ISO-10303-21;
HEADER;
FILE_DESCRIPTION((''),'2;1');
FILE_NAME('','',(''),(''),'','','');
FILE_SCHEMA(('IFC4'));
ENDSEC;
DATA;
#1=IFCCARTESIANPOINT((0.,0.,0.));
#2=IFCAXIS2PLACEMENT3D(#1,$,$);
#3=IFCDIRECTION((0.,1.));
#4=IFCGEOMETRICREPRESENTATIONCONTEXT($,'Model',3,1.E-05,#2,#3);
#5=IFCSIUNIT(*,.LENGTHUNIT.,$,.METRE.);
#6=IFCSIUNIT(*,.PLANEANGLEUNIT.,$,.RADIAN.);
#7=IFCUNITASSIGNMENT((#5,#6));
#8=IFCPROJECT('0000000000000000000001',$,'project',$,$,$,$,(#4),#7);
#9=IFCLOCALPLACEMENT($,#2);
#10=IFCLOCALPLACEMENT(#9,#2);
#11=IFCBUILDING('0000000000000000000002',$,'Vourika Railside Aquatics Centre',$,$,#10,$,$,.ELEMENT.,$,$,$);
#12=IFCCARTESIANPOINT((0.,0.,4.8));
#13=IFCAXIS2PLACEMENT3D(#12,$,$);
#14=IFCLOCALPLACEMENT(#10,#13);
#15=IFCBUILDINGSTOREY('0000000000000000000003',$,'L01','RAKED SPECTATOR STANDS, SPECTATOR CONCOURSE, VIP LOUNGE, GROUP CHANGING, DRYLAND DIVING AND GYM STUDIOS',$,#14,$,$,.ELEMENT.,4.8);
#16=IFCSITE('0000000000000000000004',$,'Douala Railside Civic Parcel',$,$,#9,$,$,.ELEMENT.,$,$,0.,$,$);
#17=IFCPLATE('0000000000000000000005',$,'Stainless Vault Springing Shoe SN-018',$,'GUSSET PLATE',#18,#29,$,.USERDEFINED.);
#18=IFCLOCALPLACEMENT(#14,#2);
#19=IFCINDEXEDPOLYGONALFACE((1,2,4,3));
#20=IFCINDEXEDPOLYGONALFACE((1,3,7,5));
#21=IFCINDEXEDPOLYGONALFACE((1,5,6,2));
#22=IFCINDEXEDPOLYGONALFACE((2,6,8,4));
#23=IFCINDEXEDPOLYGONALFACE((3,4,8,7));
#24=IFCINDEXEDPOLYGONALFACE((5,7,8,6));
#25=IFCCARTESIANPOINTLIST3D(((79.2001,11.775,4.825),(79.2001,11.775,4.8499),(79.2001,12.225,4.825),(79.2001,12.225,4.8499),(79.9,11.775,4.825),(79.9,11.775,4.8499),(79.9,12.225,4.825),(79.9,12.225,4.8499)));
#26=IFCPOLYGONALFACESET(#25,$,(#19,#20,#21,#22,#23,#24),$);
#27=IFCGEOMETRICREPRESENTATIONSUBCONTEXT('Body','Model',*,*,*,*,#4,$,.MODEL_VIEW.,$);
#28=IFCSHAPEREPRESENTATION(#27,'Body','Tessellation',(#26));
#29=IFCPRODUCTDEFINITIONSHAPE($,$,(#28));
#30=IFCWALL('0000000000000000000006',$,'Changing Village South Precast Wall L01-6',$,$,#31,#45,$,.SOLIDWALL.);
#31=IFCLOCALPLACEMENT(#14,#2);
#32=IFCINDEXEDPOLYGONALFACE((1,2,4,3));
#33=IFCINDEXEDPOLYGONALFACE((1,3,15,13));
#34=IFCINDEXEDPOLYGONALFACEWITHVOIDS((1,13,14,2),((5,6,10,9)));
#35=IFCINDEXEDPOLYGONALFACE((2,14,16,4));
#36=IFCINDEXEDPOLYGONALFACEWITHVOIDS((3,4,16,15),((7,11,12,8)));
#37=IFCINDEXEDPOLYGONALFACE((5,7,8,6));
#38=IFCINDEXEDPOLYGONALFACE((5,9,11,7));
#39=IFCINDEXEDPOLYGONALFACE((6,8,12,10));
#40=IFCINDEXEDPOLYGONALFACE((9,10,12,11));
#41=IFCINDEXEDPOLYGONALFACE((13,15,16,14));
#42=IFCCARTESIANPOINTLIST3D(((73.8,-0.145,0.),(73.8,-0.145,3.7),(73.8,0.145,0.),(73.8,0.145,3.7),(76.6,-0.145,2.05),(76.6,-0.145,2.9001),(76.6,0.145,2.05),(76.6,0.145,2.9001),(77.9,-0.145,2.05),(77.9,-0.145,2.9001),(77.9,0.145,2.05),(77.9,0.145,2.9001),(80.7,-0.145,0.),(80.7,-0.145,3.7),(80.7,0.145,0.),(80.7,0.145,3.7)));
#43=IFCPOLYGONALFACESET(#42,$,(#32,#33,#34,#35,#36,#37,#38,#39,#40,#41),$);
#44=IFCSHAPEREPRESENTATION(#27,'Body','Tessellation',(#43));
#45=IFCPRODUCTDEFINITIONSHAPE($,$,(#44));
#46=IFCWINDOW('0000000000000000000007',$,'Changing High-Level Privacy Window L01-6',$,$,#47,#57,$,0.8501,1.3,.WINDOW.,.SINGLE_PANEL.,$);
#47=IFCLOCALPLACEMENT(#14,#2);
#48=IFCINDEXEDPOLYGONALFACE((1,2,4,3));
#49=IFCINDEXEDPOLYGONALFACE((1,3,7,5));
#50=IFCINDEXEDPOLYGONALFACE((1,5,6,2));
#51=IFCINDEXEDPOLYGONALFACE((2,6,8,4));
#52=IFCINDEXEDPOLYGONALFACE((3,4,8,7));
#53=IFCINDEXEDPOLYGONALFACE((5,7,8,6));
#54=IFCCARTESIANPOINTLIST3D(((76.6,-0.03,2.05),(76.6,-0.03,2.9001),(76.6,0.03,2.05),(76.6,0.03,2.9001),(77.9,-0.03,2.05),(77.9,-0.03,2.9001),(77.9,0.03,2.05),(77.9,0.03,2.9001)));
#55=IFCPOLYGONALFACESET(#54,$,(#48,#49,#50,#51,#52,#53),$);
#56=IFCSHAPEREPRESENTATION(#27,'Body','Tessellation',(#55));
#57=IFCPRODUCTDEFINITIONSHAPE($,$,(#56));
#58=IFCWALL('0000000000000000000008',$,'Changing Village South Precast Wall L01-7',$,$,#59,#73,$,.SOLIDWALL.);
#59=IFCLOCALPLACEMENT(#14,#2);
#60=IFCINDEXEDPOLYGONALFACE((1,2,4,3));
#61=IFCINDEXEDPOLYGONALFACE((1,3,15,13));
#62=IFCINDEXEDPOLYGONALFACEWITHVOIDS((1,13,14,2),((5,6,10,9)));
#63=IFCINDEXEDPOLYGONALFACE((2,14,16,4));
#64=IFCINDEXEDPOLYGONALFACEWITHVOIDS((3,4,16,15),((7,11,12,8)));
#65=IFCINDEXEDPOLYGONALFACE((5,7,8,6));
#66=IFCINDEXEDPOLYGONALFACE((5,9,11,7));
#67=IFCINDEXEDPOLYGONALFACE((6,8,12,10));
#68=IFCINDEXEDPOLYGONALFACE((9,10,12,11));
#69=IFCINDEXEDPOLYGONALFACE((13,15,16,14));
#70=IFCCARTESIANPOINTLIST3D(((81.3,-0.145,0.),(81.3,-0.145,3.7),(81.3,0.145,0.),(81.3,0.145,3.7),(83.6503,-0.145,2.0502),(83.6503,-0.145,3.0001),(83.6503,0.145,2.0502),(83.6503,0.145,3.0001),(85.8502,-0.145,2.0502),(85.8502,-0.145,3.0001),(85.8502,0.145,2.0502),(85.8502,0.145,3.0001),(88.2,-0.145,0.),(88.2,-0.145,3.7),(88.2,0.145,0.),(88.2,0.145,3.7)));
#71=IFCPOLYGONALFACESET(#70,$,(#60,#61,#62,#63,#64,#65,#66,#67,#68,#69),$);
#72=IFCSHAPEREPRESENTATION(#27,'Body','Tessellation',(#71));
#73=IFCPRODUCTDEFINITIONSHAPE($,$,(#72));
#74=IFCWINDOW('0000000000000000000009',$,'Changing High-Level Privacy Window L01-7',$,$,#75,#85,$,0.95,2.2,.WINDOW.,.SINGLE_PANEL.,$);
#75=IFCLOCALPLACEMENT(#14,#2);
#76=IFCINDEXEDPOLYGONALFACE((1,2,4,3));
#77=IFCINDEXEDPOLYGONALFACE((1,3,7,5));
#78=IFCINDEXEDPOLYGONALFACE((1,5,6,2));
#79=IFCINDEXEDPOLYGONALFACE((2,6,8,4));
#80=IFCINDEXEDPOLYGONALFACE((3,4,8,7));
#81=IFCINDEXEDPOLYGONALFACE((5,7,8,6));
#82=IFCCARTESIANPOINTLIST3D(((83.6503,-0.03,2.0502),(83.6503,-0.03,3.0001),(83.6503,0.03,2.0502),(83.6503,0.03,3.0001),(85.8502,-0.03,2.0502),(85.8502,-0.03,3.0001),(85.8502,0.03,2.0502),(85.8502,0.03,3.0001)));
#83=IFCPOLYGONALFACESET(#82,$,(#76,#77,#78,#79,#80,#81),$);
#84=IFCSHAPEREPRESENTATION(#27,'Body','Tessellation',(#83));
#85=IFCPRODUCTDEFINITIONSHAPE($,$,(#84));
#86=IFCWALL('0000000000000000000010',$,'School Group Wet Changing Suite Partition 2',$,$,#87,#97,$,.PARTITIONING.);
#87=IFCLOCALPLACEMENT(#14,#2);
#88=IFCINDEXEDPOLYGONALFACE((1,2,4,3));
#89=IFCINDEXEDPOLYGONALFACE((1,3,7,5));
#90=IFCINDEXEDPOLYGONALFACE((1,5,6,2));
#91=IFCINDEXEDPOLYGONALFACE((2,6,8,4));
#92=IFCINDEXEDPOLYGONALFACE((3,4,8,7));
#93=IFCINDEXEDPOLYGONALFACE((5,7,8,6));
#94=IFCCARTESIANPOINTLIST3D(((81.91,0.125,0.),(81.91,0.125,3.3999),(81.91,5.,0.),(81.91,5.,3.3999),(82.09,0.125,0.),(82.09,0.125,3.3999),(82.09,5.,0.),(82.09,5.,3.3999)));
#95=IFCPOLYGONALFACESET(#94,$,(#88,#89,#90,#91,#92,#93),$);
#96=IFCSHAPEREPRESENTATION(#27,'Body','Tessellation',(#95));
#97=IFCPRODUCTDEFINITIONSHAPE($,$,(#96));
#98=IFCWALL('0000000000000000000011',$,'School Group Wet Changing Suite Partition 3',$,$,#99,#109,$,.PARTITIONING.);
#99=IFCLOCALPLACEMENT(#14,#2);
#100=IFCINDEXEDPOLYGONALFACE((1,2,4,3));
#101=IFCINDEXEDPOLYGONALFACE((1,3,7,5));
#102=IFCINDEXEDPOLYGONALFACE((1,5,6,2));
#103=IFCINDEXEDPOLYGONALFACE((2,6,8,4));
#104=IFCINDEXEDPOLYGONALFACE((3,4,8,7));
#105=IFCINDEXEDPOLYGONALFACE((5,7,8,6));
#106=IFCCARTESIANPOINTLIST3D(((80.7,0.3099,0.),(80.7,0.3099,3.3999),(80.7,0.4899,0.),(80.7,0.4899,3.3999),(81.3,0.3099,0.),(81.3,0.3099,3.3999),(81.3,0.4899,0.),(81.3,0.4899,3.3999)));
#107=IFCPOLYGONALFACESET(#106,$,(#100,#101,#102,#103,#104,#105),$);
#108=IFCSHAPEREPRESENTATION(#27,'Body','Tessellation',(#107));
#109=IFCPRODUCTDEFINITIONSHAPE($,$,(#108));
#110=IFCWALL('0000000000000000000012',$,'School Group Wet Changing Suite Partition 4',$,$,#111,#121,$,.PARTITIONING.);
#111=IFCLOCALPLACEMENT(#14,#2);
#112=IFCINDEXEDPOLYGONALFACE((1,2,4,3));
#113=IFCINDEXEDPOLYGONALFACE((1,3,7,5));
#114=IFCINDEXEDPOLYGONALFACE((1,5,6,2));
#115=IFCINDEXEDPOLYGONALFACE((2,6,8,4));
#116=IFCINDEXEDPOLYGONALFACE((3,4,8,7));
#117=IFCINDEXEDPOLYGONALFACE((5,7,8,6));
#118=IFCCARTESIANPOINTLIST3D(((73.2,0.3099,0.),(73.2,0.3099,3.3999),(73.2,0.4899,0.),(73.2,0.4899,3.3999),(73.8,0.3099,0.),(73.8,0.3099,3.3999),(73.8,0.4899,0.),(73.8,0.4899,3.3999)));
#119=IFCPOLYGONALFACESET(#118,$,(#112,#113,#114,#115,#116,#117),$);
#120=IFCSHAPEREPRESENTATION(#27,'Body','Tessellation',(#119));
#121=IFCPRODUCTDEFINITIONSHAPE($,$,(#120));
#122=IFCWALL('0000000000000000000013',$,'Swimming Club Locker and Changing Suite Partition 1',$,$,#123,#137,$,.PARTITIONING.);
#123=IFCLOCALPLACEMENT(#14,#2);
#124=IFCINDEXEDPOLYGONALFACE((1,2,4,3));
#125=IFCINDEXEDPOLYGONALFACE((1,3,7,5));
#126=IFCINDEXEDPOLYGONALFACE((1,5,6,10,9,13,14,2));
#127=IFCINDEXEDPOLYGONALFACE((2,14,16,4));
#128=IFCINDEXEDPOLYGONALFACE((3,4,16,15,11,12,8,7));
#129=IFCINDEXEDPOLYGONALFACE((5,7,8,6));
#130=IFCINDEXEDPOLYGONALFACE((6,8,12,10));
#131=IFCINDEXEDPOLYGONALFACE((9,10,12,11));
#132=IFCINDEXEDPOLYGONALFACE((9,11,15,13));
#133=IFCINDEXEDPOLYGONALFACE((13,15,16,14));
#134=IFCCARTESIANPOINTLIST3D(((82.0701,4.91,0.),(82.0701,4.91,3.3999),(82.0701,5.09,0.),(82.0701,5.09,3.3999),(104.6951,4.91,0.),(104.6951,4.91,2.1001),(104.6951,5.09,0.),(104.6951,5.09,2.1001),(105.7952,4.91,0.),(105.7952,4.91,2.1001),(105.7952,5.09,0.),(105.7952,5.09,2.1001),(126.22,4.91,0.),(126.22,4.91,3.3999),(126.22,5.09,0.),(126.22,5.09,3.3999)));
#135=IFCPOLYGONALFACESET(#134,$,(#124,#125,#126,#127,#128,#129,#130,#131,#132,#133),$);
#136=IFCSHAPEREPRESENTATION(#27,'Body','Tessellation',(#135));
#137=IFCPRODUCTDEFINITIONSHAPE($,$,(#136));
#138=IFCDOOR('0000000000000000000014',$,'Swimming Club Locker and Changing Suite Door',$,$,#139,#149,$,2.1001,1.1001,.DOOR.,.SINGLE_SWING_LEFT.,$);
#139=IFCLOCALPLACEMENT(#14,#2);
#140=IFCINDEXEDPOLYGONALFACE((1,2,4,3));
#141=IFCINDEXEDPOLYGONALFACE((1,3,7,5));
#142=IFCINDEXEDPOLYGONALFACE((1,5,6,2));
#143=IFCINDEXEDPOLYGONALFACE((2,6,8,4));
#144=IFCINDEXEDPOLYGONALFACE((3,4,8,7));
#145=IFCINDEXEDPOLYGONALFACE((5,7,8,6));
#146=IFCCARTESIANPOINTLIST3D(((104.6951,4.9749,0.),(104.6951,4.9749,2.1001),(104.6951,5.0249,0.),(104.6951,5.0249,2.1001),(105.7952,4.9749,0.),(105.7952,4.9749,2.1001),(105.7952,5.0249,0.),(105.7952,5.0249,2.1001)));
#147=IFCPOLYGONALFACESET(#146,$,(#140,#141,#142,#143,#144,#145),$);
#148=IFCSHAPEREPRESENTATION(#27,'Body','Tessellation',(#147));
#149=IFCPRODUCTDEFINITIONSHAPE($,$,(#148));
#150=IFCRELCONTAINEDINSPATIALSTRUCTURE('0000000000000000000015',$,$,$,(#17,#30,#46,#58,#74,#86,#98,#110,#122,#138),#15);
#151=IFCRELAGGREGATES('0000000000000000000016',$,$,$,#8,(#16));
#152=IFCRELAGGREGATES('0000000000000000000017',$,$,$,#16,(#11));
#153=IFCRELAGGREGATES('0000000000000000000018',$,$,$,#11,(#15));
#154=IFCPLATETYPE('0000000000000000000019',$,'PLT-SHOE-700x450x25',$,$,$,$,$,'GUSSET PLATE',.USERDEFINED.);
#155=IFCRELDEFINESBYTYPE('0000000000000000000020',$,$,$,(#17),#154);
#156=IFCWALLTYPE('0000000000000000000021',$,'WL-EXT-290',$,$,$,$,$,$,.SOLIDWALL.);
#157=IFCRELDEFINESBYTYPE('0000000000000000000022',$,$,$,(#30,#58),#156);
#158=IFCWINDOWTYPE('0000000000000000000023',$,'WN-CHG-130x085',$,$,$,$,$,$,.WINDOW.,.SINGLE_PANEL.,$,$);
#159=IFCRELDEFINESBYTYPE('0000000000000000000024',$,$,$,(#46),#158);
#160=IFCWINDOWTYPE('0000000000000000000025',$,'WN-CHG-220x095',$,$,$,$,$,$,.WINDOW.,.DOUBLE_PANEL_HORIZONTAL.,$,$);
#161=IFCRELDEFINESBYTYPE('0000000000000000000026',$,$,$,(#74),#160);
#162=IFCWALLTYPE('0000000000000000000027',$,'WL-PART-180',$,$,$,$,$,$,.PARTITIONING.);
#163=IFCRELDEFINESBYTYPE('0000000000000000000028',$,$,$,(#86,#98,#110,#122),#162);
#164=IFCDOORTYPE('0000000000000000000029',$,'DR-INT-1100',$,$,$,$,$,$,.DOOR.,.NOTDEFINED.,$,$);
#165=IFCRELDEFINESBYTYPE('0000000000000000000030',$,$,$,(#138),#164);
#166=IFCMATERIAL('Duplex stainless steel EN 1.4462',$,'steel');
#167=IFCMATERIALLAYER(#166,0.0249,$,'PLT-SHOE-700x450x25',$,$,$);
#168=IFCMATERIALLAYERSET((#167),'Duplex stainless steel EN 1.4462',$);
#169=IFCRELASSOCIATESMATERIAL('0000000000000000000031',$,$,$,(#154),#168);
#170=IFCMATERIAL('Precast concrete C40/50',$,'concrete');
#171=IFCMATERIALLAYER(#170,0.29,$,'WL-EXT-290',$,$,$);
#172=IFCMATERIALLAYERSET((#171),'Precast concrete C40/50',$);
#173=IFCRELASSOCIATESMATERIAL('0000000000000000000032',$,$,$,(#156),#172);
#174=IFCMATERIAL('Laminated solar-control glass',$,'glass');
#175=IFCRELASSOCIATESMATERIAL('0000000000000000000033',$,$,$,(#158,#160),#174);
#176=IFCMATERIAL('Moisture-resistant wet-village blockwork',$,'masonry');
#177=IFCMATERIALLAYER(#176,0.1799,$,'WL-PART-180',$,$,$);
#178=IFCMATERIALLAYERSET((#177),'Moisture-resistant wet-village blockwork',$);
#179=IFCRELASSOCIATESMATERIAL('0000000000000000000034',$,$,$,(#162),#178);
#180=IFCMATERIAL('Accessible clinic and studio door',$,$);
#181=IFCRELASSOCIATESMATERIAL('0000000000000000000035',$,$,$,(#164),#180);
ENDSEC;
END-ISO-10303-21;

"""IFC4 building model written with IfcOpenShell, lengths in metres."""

from ifc_helpers import new_model, si_unit, direction, frame, frame_2d, origin, origin_2d, place, context, subcontext, project, spatial, rectangle, extrude, material, layer, layer_set, type_object, element, fill, save


model = new_model("IFC4")

# Units and contexts
model_context = context("Model", 3, precision=1e-05, world=origin(), true_north=direction((0.0, 1.0)))
body_context = subcontext(model_context, "Body", "Model", "MODEL_VIEW")
ifc_project = project(units=[si_unit("LENGTHUNIT", "METRE"), si_unit("PLANEANGLEUNIT", "RADIAN")], contexts=[model_context])

# Site, building, storey
site_placement = place(None, origin())
site = spatial("IfcSite", under=ifc_project, at=site_placement, Name="Douala Railside Civic Parcel", CompositionType="ELEMENT", RefElevation=0.0)
building_placement = place(site_placement, origin())
building = spatial("IfcBuilding", under=site, at=building_placement, Name="Vourika Railside Aquatics Centre", CompositionType="ELEMENT")
storey_placement = place(building_placement, frame((0.0, 0.0, 4.8)))
storey = spatial("IfcBuildingStorey", under=building, at=storey_placement, Name="L01", Description="RAKED SPECTATOR STANDS, SPECTATOR CONCOURSE, VIP LOUNGE, GROUP CHANGING, DRYLAND DIVING AND GYM STUDIOS", CompositionType="ELEMENT", Elevation=4.8)

# Plate
ifc_material_1 = material(Name="Duplex stainless steel EN 1.4462", Category="steel")
ifc_layer_1 = layer(ifc_material_1, 0.0249, Name="PLT-SHOE-700x450x25")
ifc_layer_set_1 = layer_set([ifc_layer_1], Name="Duplex stainless steel EN 1.4462")
plate_type = type_object("IfcPlateType", Name="PLT-SHOE-700x450x25", ElementType="GUSSET PLATE", PredefinedType="USERDEFINED", material=ifc_layer_set_1)
plate_placement = place(storey_placement, frame((79.55, 12.0, 4.825), z_axis=(0.0, 0.0, 1.0), x_axis=(1.0, 0.0, 0.0)))
element("IfcPlate", 1, at=plate_placement, inside=storey, type_object=plate_type, Name="Stainless Vault Springing Shoe SN-018", ObjectType="GUSSET PLATE", PredefinedType="USERDEFINED", context=body_context, shape_type="SweptSolid", body=[
    extrude(rectangle(XDim=0.7, YDim=0.45, at=origin_2d()), origin(), (0.0, 0.0, 1.0), 0.0249),
])

# Walls, openings, windows
ifc_material_2 = material(Name="Precast concrete C40/50", Category="concrete")
ifc_layer_2 = layer(ifc_material_2, 0.29, Name="WL-EXT-290")
ifc_layer_set_2 = layer_set([ifc_layer_2], Name="Precast concrete C40/50")
wall_type_1 = type_object("IfcWallType", Name="WL-EXT-290", PredefinedType="SOLIDWALL", material=ifc_layer_set_2)
wall_1_placement = place(storey_placement, frame((73.8, 0.0, 0.0), z_axis=(0.0, 0.0, 1.0), x_axis=(1.0, 0.0, 0.0)))
wall_1 = element("IfcWall", 2, at=wall_1_placement, inside=storey, type_object=wall_type_1, Name="Changing Village South Precast Wall L01-6", PredefinedType="SOLIDWALL", context=body_context, shape_type="SweptSolid", body=[
    extrude(rectangle(XDim=6.8999, YDim=0.29, at=frame_2d((3.45, 0.0))), origin(), (0.0, 0.0, 1.0), 3.7),
])
opening_1_placement = place(wall_1_placement, frame((2.8, 0.0, 2.05)))
opening_1 = element("IfcOpeningElement", 3, at=opening_1_placement, cuts=wall_1, PredefinedType="OPENING", context=body_context, shape_type="SweptSolid", body=[
    extrude(rectangle(XDim=1.3, YDim=0.8501, at=frame_2d((0.6499, 0.425))), frame((0.0, 0.155, 0.0), z_axis=(0.0, -1.0, 0.0), x_axis=(1.0, 0.0, 0.0)), (0.0, 0.0, 1.0), 0.3101),
])
ifc_material_3 = material(Name="Laminated solar-control glass", Category="glass")
window_type_1 = type_object("IfcWindowType", Name="WN-CHG-130x085", PartitioningType="SINGLE_PANEL", PredefinedType="WINDOW", material=ifc_material_3)
window_1_placement = place(opening_1_placement, origin())
window_1 = element("IfcWindow", 4, at=window_1_placement, inside=storey, type_object=window_type_1, Name="Changing High-Level Privacy Window L01-6", OverallHeight=0.8501, OverallWidth=1.3, PartitioningType="SINGLE_PANEL", PredefinedType="WINDOW", context=body_context, shape_type="SweptSolid", body=[
    extrude(rectangle(XDim=1.3, YDim=0.8501, at=frame_2d((0.6499, 0.425))), frame((0.0, 0.03, 0.0), z_axis=(0.0, -1.0, 0.0), x_axis=(1.0, 0.0, 0.0)), (0.0, 0.0, 1.0), 0.0601),
])
fill(opening_1, window_1)
wall_2_placement = place(storey_placement, frame((81.3, 0.0, 0.0), z_axis=(0.0, 0.0, 1.0), x_axis=(1.0, 0.0, 0.0)))
wall_2 = element("IfcWall", 5, at=wall_2_placement, inside=storey, type_object=wall_type_1, Name="Changing Village South Precast Wall L01-7", PredefinedType="SOLIDWALL", context=body_context, shape_type="SweptSolid", body=[
    extrude(rectangle(XDim=6.8999, YDim=0.29, at=frame_2d((3.45, 0.0))), origin(), (0.0, 0.0, 1.0), 3.7),
])
opening_2_placement = place(wall_2_placement, frame((2.3501, 0.0, 2.05)))
opening_2 = element("IfcOpeningElement", 6, at=opening_2_placement, cuts=wall_2, PredefinedType="OPENING", context=body_context, shape_type="SweptSolid", body=[
    extrude(rectangle(XDim=2.2, YDim=0.95, at=frame_2d((1.1001, 0.4751))), frame((0.0, 0.155, 0.0), z_axis=(0.0, -1.0, 0.0), x_axis=(1.0, 0.0, 0.0)), (0.0, 0.0, 1.0), 0.3101),
])
window_type_2 = type_object("IfcWindowType", Name="WN-CHG-220x095", PartitioningType="DOUBLE_PANEL_HORIZONTAL", PredefinedType="WINDOW", material=ifc_material_3)
window_2_placement = place(opening_2_placement, origin())
window_2 = element("IfcWindow", 7, at=window_2_placement, inside=storey, type_object=window_type_2, Name="Changing High-Level Privacy Window L01-7", OverallHeight=0.95, OverallWidth=2.2, PartitioningType="SINGLE_PANEL", PredefinedType="WINDOW", context=body_context, shape_type="SweptSolid", body=[
    extrude(rectangle(XDim=2.2, YDim=0.95, at=frame_2d((1.1001, 0.4751))), frame((0.0, 0.03, 0.0), z_axis=(0.0, -1.0, 0.0), x_axis=(1.0, 0.0, 0.0)), (0.0, 0.0, 1.0), 0.0601),
])
fill(opening_2, window_2)

# Walls
ifc_material_4 = material(Name="Moisture-resistant wet-village blockwork", Category="masonry")
ifc_layer_3 = layer(ifc_material_4, 0.1799, Name="WL-PART-180")
ifc_layer_set_3 = layer_set([ifc_layer_3], Name="Moisture-resistant wet-village blockwork")
wall_type_2 = type_object("IfcWallType", Name="WL-PART-180", PredefinedType="PARTITIONING", material=ifc_layer_set_3)
wall_3_placement = place(storey_placement, frame((82.0, 5.0, 0.0), z_axis=(0.0, 0.0, 1.0), x_axis=(0.0, -1.0, 0.0)))
element("IfcWall", 8, at=wall_3_placement, inside=storey, type_object=wall_type_2, Name="School Group Wet Changing Suite Partition 2", PredefinedType="PARTITIONING", context=body_context, shape_type="SweptSolid", body=[
    extrude(rectangle(XDim=4.875, YDim=0.1799, at=frame_2d((2.4375, 0.0))), origin(), (0.0, 0.0, 1.0), 3.3999),
])
for number, where, z_axis, x_axis, name in (
    (9, (81.3, 0.3999, 0.0), (0.0, 0.0, 1.0), (-1.0, 0.0, 0.0), "School Group Wet Changing Suite Partition 3"),
    (10, (73.8, 0.3999, 0.0), (0.0, 0.0, 1.0), (-1.0, 0.0, 0.0), "School Group Wet Changing Suite Partition 4"),
):
    element("IfcWall", number, at=place(storey_placement, frame(where, z_axis=z_axis, x_axis=x_axis)), inside=storey, type_object=wall_type_2, Name=name, PredefinedType="PARTITIONING", context=body_context, shape_type="SweptSolid", body=[
        extrude(rectangle(XDim=0.6001, YDim=0.1799, at=frame_2d((0.3, 0.0))), origin(), (0.0, 0.0, 1.0), 3.3999),
    ])

# Wall, opening, door
wall_4_placement = place(storey_placement, frame((82.0701, 5.0, 0.0), z_axis=(0.0, 0.0, 1.0), x_axis=(1.0, 0.0, 0.0)))
wall_4 = element("IfcWall", 11, at=wall_4_placement, inside=storey, type_object=wall_type_2, Name="Swimming Club Locker and Changing Suite Partition 1", PredefinedType="PARTITIONING", context=body_context, shape_type="SweptSolid", body=[
    extrude(rectangle(XDim=44.1499, YDim=0.1799, at=frame_2d((22.075, 0.0))), origin(), (0.0, 0.0, 1.0), 3.3999),
])
opening_3_placement = place(wall_4_placement, frame((22.625, 0.0, 0.0)))
opening_3 = element("IfcOpeningElement", 12, at=opening_3_placement, cuts=wall_4, PredefinedType="OPENING", context=body_context, shape_type="SweptSolid", body=[
    extrude(rectangle(XDim=1.1001, YDim=2.1001, at=frame_2d((0.55, 1.05))), frame((0.0, 0.1001, 0.0), z_axis=(0.0, -1.0, 0.0), x_axis=(1.0, 0.0, 0.0)), (0.0, 0.0, 1.0), 0.2),
])
ifc_material_5 = material(Name="Accessible clinic and studio door")
door_type = type_object("IfcDoorType", Name="DR-INT-1100", OperationType="NOTDEFINED", PredefinedType="DOOR", material=ifc_material_5)
door_1_placement = place(opening_3_placement, origin())
door_1 = element("IfcDoor", 13, at=door_1_placement, inside=storey, type_object=door_type, Name="Swimming Club Locker and Changing Suite Door", OperationType="SINGLE_SWING_LEFT", OverallHeight=2.1001, OverallWidth=1.1001, PredefinedType="DOOR", context=body_context, shape_type="SweptSolid", body=[
    extrude(rectangle(XDim=1.1001, YDim=2.1001, at=frame_2d((0.55, 1.05))), frame((0.0, 0.0249, 0.0), z_axis=(0.0, -1.0, 0.0), x_axis=(1.0, 0.0, 0.0)), (0.0, 0.0, 1.0), 0.05),
])
fill(opening_3, door_1)

save(model, "model.ifc")
